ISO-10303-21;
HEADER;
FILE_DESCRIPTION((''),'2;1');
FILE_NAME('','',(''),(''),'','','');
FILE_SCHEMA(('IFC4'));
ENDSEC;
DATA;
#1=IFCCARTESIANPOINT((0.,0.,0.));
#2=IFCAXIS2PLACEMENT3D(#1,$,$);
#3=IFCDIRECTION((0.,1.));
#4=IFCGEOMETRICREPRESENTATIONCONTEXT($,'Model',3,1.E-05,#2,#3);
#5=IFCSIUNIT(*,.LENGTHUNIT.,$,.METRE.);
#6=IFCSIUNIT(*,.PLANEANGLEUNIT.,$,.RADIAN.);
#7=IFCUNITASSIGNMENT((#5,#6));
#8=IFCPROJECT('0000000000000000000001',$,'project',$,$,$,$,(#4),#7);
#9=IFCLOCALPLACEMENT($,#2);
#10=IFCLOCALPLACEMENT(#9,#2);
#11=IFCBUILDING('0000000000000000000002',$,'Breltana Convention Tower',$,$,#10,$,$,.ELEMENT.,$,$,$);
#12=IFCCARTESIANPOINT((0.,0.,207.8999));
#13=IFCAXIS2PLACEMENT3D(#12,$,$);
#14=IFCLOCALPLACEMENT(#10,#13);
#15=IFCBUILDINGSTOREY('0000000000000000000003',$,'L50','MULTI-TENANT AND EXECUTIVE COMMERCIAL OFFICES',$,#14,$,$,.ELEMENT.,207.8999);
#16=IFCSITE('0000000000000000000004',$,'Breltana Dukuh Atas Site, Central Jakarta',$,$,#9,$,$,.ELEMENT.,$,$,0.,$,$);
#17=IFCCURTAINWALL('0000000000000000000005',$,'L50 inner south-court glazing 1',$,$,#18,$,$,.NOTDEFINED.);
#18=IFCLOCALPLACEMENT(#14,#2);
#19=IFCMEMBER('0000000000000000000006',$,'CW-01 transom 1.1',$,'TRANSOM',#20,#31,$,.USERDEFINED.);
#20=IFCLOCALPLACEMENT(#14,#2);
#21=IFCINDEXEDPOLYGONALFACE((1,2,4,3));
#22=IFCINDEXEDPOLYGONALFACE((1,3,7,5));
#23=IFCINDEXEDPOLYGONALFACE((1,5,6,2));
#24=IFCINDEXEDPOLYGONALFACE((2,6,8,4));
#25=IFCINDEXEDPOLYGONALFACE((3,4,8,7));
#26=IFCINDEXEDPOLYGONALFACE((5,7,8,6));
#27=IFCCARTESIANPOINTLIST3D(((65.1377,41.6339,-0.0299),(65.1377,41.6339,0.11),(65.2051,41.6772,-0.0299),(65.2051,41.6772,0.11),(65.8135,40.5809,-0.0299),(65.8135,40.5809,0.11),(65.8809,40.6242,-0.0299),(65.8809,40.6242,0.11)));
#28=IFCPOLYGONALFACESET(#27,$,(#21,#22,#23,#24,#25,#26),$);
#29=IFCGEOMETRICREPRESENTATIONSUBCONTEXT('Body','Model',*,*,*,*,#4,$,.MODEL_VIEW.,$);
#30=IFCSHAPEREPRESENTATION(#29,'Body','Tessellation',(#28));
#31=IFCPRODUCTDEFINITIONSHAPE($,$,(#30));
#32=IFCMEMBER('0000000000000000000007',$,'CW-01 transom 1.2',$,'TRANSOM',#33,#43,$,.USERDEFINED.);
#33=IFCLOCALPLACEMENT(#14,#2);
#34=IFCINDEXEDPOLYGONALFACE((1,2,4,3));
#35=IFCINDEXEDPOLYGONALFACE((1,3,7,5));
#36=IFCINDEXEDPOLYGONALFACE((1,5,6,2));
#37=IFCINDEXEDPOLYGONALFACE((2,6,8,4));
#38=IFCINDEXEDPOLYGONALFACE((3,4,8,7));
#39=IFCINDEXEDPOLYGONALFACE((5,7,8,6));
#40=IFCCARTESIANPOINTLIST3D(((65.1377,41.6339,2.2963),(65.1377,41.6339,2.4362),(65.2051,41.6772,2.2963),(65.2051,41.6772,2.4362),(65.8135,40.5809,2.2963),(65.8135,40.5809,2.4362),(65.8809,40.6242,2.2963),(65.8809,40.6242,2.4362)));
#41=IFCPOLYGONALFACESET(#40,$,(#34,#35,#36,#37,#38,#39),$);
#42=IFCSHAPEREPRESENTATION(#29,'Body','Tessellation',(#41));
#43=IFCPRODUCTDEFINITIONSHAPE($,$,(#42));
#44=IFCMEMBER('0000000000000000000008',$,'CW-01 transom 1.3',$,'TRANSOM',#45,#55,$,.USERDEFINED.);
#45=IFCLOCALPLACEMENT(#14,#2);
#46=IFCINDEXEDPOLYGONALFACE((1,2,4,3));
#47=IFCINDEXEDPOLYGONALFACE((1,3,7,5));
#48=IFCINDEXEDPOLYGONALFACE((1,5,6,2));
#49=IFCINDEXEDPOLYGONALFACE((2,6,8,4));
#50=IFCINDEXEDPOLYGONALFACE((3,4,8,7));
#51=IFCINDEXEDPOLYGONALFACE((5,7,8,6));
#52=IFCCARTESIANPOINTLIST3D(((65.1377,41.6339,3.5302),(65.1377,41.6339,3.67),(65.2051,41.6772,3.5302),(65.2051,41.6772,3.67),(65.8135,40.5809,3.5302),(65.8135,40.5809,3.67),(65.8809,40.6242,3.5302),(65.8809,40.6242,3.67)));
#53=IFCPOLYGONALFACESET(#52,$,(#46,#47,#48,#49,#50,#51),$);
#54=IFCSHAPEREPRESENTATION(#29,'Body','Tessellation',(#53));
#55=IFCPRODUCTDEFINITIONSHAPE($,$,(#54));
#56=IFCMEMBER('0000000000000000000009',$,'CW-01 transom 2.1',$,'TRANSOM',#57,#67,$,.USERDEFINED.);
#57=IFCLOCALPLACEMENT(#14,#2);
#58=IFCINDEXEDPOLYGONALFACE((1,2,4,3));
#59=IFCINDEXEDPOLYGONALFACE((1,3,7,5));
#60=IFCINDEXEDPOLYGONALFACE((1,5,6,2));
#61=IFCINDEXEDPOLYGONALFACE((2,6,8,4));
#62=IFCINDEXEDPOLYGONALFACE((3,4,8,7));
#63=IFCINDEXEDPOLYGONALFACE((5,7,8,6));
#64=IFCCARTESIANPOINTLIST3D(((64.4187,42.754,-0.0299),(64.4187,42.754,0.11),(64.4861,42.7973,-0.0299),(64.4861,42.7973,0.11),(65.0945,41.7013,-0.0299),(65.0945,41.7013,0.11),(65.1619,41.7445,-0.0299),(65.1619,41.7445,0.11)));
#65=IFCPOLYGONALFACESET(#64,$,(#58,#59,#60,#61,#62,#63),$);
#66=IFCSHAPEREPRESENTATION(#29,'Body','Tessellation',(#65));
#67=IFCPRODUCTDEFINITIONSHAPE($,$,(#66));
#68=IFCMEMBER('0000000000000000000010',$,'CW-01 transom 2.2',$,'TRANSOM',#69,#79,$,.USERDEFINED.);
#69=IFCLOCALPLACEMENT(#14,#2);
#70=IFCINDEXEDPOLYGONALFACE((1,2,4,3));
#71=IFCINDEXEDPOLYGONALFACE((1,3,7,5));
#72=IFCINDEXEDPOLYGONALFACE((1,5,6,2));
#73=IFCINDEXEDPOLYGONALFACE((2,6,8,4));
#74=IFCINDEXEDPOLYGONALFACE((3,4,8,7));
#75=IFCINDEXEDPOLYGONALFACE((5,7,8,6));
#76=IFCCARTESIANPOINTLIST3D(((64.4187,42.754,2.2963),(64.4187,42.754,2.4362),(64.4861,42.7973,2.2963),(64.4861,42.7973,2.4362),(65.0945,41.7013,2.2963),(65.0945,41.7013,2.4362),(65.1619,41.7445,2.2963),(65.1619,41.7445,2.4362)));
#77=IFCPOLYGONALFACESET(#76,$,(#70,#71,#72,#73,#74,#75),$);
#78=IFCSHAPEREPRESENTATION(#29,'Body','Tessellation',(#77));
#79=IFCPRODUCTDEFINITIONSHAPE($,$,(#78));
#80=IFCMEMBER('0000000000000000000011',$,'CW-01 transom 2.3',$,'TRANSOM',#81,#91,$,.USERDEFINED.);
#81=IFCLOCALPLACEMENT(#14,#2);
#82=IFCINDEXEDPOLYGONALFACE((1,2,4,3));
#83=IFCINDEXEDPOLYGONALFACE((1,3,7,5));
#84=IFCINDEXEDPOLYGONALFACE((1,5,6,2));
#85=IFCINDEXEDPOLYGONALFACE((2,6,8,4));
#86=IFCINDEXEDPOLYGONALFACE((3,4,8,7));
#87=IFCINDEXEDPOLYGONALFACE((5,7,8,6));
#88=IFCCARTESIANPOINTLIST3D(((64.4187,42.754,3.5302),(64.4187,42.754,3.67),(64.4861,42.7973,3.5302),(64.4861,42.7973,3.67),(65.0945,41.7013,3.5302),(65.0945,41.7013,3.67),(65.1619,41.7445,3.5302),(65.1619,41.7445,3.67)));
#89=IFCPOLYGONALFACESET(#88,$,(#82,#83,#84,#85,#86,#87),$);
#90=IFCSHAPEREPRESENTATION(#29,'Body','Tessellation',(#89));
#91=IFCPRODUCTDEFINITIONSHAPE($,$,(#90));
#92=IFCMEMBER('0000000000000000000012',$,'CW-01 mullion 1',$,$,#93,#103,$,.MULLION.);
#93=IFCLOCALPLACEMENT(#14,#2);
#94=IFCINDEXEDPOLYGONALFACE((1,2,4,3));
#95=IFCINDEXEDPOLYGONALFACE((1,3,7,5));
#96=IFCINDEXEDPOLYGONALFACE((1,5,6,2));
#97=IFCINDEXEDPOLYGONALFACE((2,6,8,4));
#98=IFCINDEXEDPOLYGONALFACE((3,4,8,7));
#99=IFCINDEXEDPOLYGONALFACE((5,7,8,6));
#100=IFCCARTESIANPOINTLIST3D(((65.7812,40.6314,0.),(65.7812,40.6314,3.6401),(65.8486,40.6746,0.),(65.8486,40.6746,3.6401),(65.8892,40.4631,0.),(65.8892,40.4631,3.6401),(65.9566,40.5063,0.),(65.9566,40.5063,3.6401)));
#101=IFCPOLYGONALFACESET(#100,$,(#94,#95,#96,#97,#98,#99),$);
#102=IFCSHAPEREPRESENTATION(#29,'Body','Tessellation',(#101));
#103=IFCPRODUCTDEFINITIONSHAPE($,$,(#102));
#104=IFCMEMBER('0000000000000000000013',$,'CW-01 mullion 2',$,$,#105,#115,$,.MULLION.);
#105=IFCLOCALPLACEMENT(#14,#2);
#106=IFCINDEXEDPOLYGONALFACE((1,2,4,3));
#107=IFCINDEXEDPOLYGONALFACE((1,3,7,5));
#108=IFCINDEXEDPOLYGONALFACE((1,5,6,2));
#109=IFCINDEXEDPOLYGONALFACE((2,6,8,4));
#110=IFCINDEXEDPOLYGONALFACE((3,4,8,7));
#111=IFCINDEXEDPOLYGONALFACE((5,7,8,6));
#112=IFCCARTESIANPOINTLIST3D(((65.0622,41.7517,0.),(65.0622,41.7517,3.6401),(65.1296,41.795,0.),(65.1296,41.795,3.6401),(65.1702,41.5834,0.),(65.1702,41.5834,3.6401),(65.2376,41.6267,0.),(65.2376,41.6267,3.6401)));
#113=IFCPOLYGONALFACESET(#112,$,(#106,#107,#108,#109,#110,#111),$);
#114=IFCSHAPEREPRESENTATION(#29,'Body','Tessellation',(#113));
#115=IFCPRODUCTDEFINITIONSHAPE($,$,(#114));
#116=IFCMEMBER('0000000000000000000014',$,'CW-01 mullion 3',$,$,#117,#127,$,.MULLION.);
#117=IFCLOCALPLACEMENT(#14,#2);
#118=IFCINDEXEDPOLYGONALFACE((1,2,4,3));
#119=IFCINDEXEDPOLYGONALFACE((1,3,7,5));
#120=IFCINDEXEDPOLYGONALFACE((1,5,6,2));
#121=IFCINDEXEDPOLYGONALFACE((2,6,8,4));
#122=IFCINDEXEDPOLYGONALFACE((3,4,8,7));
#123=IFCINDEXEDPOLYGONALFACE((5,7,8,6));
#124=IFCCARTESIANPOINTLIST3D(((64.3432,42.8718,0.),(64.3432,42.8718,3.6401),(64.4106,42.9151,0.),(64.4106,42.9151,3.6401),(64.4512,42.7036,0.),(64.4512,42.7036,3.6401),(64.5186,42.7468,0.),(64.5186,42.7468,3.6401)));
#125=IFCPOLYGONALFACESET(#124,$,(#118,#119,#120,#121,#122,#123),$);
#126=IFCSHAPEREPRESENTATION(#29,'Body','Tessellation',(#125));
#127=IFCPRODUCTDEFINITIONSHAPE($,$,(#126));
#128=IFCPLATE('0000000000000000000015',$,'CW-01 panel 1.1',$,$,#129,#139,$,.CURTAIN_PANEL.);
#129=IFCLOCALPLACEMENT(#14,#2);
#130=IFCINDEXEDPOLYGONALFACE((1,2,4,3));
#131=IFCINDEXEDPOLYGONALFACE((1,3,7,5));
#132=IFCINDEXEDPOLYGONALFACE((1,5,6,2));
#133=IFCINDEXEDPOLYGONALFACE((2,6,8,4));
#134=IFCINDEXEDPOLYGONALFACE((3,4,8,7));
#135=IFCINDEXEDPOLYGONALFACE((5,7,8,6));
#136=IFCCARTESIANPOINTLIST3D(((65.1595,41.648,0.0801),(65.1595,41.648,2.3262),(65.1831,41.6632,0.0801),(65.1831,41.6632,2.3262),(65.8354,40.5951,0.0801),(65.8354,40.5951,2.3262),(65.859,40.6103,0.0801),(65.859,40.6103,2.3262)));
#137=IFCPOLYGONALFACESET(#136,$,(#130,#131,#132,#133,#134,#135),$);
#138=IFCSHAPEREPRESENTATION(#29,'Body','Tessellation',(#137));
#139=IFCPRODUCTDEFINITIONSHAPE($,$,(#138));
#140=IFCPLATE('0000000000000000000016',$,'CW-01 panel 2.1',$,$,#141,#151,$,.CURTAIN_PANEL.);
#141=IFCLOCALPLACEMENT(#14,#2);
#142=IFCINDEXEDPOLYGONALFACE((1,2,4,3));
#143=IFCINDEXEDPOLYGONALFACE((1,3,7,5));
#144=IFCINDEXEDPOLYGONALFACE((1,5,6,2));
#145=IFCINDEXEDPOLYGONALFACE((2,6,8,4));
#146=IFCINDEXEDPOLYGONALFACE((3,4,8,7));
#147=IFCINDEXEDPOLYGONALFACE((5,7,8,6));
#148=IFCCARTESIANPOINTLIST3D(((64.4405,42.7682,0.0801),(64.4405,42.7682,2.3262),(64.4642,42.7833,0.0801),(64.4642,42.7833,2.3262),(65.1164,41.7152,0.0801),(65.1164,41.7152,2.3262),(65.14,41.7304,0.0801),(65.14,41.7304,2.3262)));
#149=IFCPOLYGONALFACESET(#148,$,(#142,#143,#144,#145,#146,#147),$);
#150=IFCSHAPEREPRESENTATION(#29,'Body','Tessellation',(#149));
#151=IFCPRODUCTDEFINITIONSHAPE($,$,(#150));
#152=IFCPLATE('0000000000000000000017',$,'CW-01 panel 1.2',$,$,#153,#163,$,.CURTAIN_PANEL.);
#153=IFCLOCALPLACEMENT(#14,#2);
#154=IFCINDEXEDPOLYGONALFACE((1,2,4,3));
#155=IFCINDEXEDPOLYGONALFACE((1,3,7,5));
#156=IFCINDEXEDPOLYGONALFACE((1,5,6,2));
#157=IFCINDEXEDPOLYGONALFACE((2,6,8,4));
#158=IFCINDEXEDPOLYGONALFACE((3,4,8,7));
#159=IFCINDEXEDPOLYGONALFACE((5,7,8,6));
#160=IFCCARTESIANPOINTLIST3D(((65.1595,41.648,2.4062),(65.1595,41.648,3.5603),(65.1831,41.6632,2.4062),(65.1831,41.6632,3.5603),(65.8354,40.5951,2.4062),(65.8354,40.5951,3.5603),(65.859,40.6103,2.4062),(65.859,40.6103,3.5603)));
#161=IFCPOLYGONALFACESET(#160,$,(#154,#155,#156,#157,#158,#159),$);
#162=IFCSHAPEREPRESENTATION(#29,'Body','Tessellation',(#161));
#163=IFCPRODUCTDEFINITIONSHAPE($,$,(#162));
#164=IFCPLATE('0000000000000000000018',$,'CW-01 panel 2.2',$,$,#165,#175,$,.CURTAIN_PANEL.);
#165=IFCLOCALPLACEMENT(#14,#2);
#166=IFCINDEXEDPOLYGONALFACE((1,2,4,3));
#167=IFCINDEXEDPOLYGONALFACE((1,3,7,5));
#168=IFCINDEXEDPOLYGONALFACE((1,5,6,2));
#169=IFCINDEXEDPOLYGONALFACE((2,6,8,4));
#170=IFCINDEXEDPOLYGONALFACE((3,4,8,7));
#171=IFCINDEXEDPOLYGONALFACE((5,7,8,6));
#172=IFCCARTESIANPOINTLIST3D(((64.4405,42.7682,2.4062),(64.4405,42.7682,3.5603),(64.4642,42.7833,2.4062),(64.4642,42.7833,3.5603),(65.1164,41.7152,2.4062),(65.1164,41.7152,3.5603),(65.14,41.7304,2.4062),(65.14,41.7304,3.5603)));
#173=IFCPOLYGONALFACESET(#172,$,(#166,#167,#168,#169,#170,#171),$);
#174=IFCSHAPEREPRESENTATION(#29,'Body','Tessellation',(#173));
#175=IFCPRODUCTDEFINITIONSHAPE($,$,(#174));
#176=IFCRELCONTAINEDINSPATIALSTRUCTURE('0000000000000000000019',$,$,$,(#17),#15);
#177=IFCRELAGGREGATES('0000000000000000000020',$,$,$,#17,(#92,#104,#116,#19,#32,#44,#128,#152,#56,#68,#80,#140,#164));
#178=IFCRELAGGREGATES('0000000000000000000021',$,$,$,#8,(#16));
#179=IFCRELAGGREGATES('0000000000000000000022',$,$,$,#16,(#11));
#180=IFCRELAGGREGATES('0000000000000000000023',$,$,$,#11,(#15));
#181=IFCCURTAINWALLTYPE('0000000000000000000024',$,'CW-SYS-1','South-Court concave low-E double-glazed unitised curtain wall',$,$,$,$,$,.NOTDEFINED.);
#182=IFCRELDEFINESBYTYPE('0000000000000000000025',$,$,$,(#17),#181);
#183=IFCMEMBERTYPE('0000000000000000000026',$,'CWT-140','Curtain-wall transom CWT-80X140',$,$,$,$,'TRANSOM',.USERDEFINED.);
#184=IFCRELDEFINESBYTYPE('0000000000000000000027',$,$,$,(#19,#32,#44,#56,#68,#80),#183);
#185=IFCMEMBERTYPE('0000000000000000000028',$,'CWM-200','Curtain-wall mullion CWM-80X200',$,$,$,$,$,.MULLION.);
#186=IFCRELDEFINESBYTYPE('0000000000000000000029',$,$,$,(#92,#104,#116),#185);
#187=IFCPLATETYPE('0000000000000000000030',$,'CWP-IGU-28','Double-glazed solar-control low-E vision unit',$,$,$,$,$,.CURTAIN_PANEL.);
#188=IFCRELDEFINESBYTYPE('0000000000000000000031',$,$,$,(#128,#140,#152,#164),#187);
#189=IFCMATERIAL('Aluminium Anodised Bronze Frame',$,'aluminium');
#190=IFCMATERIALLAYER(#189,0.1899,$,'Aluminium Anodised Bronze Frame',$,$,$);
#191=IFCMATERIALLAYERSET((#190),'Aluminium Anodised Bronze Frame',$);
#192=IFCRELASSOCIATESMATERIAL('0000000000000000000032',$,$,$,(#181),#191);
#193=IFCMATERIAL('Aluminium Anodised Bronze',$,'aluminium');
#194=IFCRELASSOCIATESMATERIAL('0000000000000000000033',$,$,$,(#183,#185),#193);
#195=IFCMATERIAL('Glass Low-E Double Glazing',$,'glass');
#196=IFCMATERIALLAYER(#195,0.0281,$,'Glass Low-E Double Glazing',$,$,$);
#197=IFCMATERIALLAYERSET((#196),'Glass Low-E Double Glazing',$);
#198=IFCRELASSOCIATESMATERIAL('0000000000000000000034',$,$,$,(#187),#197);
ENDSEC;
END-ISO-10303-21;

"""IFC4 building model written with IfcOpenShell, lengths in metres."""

from ifc_helpers import new_model, si_unit, direction, frame, origin, origin_2d, place, context, subcontext, project, spatial, rectangle, extrude, source, transform, mapped, material, layer, layer_set, material_profile, profile_set, type_object, element, aggregate, save


model = new_model("IFC4")

# Units and contexts
model_context = context("Model", 3, precision=1e-05, world=origin(), true_north=direction((0.0, 1.0)))
body_context = subcontext(model_context, "Body", "Model", "MODEL_VIEW")
ifc_project = project(units=[si_unit("LENGTHUNIT", "METRE"), si_unit("PLANEANGLEUNIT", "RADIAN")], contexts=[model_context])

# Site, building, storey
site_placement = place(None, origin())
site = spatial("IfcSite", under=ifc_project, at=site_placement, Name="Breltana Dukuh Atas Site, Central Jakarta", CompositionType="ELEMENT", RefElevation=0.0)
building_placement = place(site_placement, origin())
building = spatial("IfcBuilding", under=site, at=building_placement, Name="Breltana Convention Tower", CompositionType="ELEMENT")
storey_placement = place(building_placement, frame((0.0, 0.0, 207.8999)))
storey = spatial("IfcBuildingStorey", under=building, at=storey_placement, Name="L50", Description="MULTI-TENANT AND EXECUTIVE COMMERCIAL OFFICES", CompositionType="ELEMENT", Elevation=207.8999)

# Curtain wall, members, plates
ifc_material_1 = material(Name="Aluminium Anodised Bronze Frame", Category="aluminium")
ifc_layer_1 = layer(ifc_material_1, 0.1899, Name="Aluminium Anodised Bronze Frame")
ifc_layer_set_1 = layer_set([ifc_layer_1], Name="Aluminium Anodised Bronze Frame")
curtain_wall_type = type_object("IfcCurtainWallType", Name="CW-SYS-1", Description="South-Court concave low-E double-glazed unitised curtain wall", PredefinedType="NOTDEFINED", material=ifc_layer_set_1)
curtain_wall_placement = place(storey_placement, origin())
curtain_wall = element("IfcCurtainWall", 1, at=curtain_wall_placement, inside=storey, type_object=curtain_wall_type, Name="L50 inner south-court glazing 1", PredefinedType="NOTDEFINED")
ifc_material_2 = material(Name="Aluminium Anodised Bronze", Category="aluminium")
ifc_material_profile_1 = material_profile(ifc_material_2, rectangle(XDim=0.0801, YDim=0.1399, at=origin_2d()), Name="CWT-80X140")
ifc_profile_set_1 = profile_set([ifc_material_profile_1], Name="Aluminium Anodised Bronze")
member_type_1 = type_object("IfcMemberType", Name="CWT-140", Description="Curtain-wall transom CWT-80X140", ElementType="TRANSOM", PredefinedType="USERDEFINED", material=ifc_profile_set_1)
shared_shape_1 = source(origin(), body_context, "Body", "SweptSolid", [
    extrude(rectangle(XDim=0.0801, YDim=0.1399, at=origin_2d()), origin(), (0.0, 0.0, 1.0), 1.2512),
])
member_1_placement = place(storey_placement, frame((65.8472, 40.6025, 0.04), z_axis=(-0.540116, 0.84159, 0.0), x_axis=(-0.84159, -0.540116, 0.0)))
member_1 = element("IfcMember", 2, at=member_1_placement, type_object=member_type_1, Name="CW-01 transom 1.1", ObjectType="TRANSOM", PredefinedType="USERDEFINED", context=body_context, shape_type="MappedRepresentation", body=[
    mapped(shared_shape_1, transform((0.0, 0.0, 0.0), scale=1.0)),
])
member_2_placement = place(storey_placement, frame((65.8472, 40.6025, 2.3662), z_axis=(-0.540116, 0.84159, 0.0), x_axis=(-0.84159, -0.540116, 0.0)))
member_2 = element("IfcMember", 3, at=member_2_placement, type_object=member_type_1, Name="CW-01 transom 1.2", ObjectType="TRANSOM", PredefinedType="USERDEFINED", context=body_context, shape_type="MappedRepresentation", body=[
    mapped(shared_shape_1, transform((0.0, 0.0, 0.0), scale=1.0)),
])
member_3_placement = place(storey_placement, frame((65.8472, 40.6025, 3.6001), z_axis=(-0.540116, 0.84159, 0.0), x_axis=(-0.84159, -0.540116, 0.0)))
member_3 = element("IfcMember", 4, at=member_3_placement, type_object=member_type_1, Name="CW-01 transom 1.3", ObjectType="TRANSOM", PredefinedType="USERDEFINED", context=body_context, shape_type="MappedRepresentation", body=[
    mapped(shared_shape_1, transform((0.0, 0.0, 0.0), scale=1.0)),
])
shared_shape_2 = source(origin(), body_context, "Body", "SweptSolid", [
    extrude(rectangle(XDim=0.0801, YDim=0.1399, at=origin_2d()), origin(), (0.0, 0.0, 1.0), 1.251),
])
member_4_placement = place(storey_placement, frame((65.1282, 41.7229, 0.04), z_axis=(-0.540205, 0.841533, 0.0), x_axis=(-0.841533, -0.540205, 0.0)))
member_4 = element("IfcMember", 5, at=member_4_placement, type_object=member_type_1, Name="CW-01 transom 2.1", ObjectType="TRANSOM", PredefinedType="USERDEFINED", context=body_context, shape_type="MappedRepresentation", body=[
    mapped(shared_shape_2, transform((0.0, 0.0, 0.0), scale=1.0)),
])
member_5_placement = place(storey_placement, frame((65.1282, 41.7229, 2.3662), z_axis=(-0.540205, 0.841533, 0.0), x_axis=(-0.841533, -0.540205, 0.0)))
member_5 = element("IfcMember", 6, at=member_5_placement, type_object=member_type_1, Name="CW-01 transom 2.2", ObjectType="TRANSOM", PredefinedType="USERDEFINED", context=body_context, shape_type="MappedRepresentation", body=[
    mapped(shared_shape_2, transform((0.0, 0.0, 0.0), scale=1.0)),
])
member_6_placement = place(storey_placement, frame((65.1282, 41.7229, 3.6001), z_axis=(-0.540205, 0.841533, 0.0), x_axis=(-0.841533, -0.540205, 0.0)))
member_6 = element("IfcMember", 7, at=member_6_placement, type_object=member_type_1, Name="CW-01 transom 2.3", ObjectType="TRANSOM", PredefinedType="USERDEFINED", context=body_context, shape_type="MappedRepresentation", body=[
    mapped(shared_shape_2, transform((0.0, 0.0, 0.0), scale=1.0)),
])
ifc_material_profile_2 = material_profile(ifc_material_2, rectangle(XDim=0.0801, YDim=0.2, at=origin_2d()), Name="CWM-80X200")
ifc_profile_set_2 = profile_set([ifc_material_profile_2], Name="Aluminium Anodised Bronze")
member_type_2 = type_object("IfcMemberType", Name="CWM-200", Description="Curtain-wall mullion CWM-80X200", PredefinedType="MULLION", material=ifc_profile_set_2)
shared_shape_3 = source(origin(), body_context, "Body", "SweptSolid", [
    extrude(rectangle(XDim=0.0801, YDim=0.2, at=origin_2d()), origin(), (0.0, 0.0, 1.0), 3.6401),
])
member_7_placement = place(storey_placement, frame((65.8689, 40.5688, 0.0), z_axis=(0.0, 0.0, 1.0), x_axis=(-0.841547, -0.540184, 0.0)))
member_7 = element("IfcMember", 8, at=member_7_placement, type_object=member_type_2, Name="CW-01 mullion 1", PredefinedType="MULLION", context=body_context, shape_type="MappedRepresentation", body=[
    mapped(shared_shape_3, transform((0.0, 0.0, 0.0), scale=1.0)),
])
member_8_placement = place(storey_placement, frame((65.1499, 41.6892, 0.0), z_axis=(0.0, 0.0, 1.0), x_axis=(-0.841547, -0.540184, 0.0)))
member_8 = element("IfcMember", 9, at=member_8_placement, type_object=member_type_2, Name="CW-01 mullion 2", PredefinedType="MULLION", context=body_context, shape_type="MappedRepresentation", body=[
    mapped(shared_shape_3, transform((0.0, 0.0, 0.0), scale=1.0)),
])
member_9_placement = place(storey_placement, frame((64.4309, 42.8093, 0.0), z_axis=(0.0, 0.0, 1.0), x_axis=(-0.841547, -0.540184, 0.0)))
member_9 = element("IfcMember", 10, at=member_9_placement, type_object=member_type_2, Name="CW-01 mullion 3", PredefinedType="MULLION", context=body_context, shape_type="MappedRepresentation", body=[
    mapped(shared_shape_3, transform((0.0, 0.0, 0.0), scale=1.0)),
])
ifc_material_3 = material(Name="Glass Low-E Double Glazing", Category="glass")
ifc_layer_2 = layer(ifc_material_3, 0.0281, Name="Glass Low-E Double Glazing")
ifc_layer_set_2 = layer_set([ifc_layer_2], Name="Glass Low-E Double Glazing")
plate_type = type_object("IfcPlateType", Name="CWP-IGU-28", Description="Double-glazed solar-control low-E vision unit", PredefinedType="CURTAIN_PANEL", material=ifc_layer_set_2)
shared_shape_4 = source(origin(), body_context, "Body", "SweptSolid", [
    extrude(rectangle(XDim=1.2512, YDim=0.0281, at=origin_2d()), origin(), (0.0, 0.0, 1.0), 2.2461),
])
plate_1_placement = place(storey_placement, frame((65.5093, 41.1292, 0.0801), z_axis=(0.0, 0.0, 1.0), x_axis=(-0.540184, 0.841547, 0.0)))
plate_1 = element("IfcPlate", 11, at=plate_1_placement, type_object=plate_type, Name="CW-01 panel 1.1", PredefinedType="CURTAIN_PANEL", context=body_context, shape_type="MappedRepresentation", body=[
    mapped(shared_shape_4, transform((0.0, 0.0, 0.0), scale=1.0)),
])
plate_2_placement = place(storey_placement, frame((64.7903, 42.2493, 0.0801), z_axis=(0.0, 0.0, 1.0), x_axis=(-0.540184, 0.841547, 0.0)))
plate_2 = element("IfcPlate", 12, at=plate_2_placement, type_object=plate_type, Name="CW-01 panel 2.1", PredefinedType="CURTAIN_PANEL", context=body_context, shape_type="MappedRepresentation", body=[
    mapped(shared_shape_4, transform((0.0, 0.0, 0.0), scale=1.0)),
])
shared_shape_5 = source(origin(), body_context, "Body", "SweptSolid", [
    extrude(rectangle(XDim=1.2512, YDim=0.0281, at=origin_2d()), origin(), (0.0, 0.0, 1.0), 1.1541),
])
plate_3_placement = place(storey_placement, frame((65.5093, 41.1292, 2.4062), z_axis=(0.0, 0.0, 1.0), x_axis=(-0.540184, 0.841547, 0.0)))
plate_3 = element("IfcPlate", 13, at=plate_3_placement, type_object=plate_type, Name="CW-01 panel 1.2", PredefinedType="CURTAIN_PANEL", context=body_context, shape_type="MappedRepresentation", body=[
    mapped(shared_shape_5, transform((0.0, 0.0, 0.0), scale=1.0)),
])
plate_4_placement = place(storey_placement, frame((64.7903, 42.2493, 2.4062), z_axis=(0.0, 0.0, 1.0), x_axis=(-0.540184, 0.841547, 0.0)))
plate_4 = element("IfcPlate", 14, at=plate_4_placement, type_object=plate_type, Name="CW-01 panel 2.2", PredefinedType="CURTAIN_PANEL", context=body_context, shape_type="MappedRepresentation", body=[
    mapped(shared_shape_5, transform((0.0, 0.0, 0.0), scale=1.0)),
])
aggregate(curtain_wall, [member_7, member_8, member_9, member_1, member_2, member_3, plate_1, plate_3, member_4, member_5, member_6, plate_2, plate_4])

save(model, "model.ifc")
